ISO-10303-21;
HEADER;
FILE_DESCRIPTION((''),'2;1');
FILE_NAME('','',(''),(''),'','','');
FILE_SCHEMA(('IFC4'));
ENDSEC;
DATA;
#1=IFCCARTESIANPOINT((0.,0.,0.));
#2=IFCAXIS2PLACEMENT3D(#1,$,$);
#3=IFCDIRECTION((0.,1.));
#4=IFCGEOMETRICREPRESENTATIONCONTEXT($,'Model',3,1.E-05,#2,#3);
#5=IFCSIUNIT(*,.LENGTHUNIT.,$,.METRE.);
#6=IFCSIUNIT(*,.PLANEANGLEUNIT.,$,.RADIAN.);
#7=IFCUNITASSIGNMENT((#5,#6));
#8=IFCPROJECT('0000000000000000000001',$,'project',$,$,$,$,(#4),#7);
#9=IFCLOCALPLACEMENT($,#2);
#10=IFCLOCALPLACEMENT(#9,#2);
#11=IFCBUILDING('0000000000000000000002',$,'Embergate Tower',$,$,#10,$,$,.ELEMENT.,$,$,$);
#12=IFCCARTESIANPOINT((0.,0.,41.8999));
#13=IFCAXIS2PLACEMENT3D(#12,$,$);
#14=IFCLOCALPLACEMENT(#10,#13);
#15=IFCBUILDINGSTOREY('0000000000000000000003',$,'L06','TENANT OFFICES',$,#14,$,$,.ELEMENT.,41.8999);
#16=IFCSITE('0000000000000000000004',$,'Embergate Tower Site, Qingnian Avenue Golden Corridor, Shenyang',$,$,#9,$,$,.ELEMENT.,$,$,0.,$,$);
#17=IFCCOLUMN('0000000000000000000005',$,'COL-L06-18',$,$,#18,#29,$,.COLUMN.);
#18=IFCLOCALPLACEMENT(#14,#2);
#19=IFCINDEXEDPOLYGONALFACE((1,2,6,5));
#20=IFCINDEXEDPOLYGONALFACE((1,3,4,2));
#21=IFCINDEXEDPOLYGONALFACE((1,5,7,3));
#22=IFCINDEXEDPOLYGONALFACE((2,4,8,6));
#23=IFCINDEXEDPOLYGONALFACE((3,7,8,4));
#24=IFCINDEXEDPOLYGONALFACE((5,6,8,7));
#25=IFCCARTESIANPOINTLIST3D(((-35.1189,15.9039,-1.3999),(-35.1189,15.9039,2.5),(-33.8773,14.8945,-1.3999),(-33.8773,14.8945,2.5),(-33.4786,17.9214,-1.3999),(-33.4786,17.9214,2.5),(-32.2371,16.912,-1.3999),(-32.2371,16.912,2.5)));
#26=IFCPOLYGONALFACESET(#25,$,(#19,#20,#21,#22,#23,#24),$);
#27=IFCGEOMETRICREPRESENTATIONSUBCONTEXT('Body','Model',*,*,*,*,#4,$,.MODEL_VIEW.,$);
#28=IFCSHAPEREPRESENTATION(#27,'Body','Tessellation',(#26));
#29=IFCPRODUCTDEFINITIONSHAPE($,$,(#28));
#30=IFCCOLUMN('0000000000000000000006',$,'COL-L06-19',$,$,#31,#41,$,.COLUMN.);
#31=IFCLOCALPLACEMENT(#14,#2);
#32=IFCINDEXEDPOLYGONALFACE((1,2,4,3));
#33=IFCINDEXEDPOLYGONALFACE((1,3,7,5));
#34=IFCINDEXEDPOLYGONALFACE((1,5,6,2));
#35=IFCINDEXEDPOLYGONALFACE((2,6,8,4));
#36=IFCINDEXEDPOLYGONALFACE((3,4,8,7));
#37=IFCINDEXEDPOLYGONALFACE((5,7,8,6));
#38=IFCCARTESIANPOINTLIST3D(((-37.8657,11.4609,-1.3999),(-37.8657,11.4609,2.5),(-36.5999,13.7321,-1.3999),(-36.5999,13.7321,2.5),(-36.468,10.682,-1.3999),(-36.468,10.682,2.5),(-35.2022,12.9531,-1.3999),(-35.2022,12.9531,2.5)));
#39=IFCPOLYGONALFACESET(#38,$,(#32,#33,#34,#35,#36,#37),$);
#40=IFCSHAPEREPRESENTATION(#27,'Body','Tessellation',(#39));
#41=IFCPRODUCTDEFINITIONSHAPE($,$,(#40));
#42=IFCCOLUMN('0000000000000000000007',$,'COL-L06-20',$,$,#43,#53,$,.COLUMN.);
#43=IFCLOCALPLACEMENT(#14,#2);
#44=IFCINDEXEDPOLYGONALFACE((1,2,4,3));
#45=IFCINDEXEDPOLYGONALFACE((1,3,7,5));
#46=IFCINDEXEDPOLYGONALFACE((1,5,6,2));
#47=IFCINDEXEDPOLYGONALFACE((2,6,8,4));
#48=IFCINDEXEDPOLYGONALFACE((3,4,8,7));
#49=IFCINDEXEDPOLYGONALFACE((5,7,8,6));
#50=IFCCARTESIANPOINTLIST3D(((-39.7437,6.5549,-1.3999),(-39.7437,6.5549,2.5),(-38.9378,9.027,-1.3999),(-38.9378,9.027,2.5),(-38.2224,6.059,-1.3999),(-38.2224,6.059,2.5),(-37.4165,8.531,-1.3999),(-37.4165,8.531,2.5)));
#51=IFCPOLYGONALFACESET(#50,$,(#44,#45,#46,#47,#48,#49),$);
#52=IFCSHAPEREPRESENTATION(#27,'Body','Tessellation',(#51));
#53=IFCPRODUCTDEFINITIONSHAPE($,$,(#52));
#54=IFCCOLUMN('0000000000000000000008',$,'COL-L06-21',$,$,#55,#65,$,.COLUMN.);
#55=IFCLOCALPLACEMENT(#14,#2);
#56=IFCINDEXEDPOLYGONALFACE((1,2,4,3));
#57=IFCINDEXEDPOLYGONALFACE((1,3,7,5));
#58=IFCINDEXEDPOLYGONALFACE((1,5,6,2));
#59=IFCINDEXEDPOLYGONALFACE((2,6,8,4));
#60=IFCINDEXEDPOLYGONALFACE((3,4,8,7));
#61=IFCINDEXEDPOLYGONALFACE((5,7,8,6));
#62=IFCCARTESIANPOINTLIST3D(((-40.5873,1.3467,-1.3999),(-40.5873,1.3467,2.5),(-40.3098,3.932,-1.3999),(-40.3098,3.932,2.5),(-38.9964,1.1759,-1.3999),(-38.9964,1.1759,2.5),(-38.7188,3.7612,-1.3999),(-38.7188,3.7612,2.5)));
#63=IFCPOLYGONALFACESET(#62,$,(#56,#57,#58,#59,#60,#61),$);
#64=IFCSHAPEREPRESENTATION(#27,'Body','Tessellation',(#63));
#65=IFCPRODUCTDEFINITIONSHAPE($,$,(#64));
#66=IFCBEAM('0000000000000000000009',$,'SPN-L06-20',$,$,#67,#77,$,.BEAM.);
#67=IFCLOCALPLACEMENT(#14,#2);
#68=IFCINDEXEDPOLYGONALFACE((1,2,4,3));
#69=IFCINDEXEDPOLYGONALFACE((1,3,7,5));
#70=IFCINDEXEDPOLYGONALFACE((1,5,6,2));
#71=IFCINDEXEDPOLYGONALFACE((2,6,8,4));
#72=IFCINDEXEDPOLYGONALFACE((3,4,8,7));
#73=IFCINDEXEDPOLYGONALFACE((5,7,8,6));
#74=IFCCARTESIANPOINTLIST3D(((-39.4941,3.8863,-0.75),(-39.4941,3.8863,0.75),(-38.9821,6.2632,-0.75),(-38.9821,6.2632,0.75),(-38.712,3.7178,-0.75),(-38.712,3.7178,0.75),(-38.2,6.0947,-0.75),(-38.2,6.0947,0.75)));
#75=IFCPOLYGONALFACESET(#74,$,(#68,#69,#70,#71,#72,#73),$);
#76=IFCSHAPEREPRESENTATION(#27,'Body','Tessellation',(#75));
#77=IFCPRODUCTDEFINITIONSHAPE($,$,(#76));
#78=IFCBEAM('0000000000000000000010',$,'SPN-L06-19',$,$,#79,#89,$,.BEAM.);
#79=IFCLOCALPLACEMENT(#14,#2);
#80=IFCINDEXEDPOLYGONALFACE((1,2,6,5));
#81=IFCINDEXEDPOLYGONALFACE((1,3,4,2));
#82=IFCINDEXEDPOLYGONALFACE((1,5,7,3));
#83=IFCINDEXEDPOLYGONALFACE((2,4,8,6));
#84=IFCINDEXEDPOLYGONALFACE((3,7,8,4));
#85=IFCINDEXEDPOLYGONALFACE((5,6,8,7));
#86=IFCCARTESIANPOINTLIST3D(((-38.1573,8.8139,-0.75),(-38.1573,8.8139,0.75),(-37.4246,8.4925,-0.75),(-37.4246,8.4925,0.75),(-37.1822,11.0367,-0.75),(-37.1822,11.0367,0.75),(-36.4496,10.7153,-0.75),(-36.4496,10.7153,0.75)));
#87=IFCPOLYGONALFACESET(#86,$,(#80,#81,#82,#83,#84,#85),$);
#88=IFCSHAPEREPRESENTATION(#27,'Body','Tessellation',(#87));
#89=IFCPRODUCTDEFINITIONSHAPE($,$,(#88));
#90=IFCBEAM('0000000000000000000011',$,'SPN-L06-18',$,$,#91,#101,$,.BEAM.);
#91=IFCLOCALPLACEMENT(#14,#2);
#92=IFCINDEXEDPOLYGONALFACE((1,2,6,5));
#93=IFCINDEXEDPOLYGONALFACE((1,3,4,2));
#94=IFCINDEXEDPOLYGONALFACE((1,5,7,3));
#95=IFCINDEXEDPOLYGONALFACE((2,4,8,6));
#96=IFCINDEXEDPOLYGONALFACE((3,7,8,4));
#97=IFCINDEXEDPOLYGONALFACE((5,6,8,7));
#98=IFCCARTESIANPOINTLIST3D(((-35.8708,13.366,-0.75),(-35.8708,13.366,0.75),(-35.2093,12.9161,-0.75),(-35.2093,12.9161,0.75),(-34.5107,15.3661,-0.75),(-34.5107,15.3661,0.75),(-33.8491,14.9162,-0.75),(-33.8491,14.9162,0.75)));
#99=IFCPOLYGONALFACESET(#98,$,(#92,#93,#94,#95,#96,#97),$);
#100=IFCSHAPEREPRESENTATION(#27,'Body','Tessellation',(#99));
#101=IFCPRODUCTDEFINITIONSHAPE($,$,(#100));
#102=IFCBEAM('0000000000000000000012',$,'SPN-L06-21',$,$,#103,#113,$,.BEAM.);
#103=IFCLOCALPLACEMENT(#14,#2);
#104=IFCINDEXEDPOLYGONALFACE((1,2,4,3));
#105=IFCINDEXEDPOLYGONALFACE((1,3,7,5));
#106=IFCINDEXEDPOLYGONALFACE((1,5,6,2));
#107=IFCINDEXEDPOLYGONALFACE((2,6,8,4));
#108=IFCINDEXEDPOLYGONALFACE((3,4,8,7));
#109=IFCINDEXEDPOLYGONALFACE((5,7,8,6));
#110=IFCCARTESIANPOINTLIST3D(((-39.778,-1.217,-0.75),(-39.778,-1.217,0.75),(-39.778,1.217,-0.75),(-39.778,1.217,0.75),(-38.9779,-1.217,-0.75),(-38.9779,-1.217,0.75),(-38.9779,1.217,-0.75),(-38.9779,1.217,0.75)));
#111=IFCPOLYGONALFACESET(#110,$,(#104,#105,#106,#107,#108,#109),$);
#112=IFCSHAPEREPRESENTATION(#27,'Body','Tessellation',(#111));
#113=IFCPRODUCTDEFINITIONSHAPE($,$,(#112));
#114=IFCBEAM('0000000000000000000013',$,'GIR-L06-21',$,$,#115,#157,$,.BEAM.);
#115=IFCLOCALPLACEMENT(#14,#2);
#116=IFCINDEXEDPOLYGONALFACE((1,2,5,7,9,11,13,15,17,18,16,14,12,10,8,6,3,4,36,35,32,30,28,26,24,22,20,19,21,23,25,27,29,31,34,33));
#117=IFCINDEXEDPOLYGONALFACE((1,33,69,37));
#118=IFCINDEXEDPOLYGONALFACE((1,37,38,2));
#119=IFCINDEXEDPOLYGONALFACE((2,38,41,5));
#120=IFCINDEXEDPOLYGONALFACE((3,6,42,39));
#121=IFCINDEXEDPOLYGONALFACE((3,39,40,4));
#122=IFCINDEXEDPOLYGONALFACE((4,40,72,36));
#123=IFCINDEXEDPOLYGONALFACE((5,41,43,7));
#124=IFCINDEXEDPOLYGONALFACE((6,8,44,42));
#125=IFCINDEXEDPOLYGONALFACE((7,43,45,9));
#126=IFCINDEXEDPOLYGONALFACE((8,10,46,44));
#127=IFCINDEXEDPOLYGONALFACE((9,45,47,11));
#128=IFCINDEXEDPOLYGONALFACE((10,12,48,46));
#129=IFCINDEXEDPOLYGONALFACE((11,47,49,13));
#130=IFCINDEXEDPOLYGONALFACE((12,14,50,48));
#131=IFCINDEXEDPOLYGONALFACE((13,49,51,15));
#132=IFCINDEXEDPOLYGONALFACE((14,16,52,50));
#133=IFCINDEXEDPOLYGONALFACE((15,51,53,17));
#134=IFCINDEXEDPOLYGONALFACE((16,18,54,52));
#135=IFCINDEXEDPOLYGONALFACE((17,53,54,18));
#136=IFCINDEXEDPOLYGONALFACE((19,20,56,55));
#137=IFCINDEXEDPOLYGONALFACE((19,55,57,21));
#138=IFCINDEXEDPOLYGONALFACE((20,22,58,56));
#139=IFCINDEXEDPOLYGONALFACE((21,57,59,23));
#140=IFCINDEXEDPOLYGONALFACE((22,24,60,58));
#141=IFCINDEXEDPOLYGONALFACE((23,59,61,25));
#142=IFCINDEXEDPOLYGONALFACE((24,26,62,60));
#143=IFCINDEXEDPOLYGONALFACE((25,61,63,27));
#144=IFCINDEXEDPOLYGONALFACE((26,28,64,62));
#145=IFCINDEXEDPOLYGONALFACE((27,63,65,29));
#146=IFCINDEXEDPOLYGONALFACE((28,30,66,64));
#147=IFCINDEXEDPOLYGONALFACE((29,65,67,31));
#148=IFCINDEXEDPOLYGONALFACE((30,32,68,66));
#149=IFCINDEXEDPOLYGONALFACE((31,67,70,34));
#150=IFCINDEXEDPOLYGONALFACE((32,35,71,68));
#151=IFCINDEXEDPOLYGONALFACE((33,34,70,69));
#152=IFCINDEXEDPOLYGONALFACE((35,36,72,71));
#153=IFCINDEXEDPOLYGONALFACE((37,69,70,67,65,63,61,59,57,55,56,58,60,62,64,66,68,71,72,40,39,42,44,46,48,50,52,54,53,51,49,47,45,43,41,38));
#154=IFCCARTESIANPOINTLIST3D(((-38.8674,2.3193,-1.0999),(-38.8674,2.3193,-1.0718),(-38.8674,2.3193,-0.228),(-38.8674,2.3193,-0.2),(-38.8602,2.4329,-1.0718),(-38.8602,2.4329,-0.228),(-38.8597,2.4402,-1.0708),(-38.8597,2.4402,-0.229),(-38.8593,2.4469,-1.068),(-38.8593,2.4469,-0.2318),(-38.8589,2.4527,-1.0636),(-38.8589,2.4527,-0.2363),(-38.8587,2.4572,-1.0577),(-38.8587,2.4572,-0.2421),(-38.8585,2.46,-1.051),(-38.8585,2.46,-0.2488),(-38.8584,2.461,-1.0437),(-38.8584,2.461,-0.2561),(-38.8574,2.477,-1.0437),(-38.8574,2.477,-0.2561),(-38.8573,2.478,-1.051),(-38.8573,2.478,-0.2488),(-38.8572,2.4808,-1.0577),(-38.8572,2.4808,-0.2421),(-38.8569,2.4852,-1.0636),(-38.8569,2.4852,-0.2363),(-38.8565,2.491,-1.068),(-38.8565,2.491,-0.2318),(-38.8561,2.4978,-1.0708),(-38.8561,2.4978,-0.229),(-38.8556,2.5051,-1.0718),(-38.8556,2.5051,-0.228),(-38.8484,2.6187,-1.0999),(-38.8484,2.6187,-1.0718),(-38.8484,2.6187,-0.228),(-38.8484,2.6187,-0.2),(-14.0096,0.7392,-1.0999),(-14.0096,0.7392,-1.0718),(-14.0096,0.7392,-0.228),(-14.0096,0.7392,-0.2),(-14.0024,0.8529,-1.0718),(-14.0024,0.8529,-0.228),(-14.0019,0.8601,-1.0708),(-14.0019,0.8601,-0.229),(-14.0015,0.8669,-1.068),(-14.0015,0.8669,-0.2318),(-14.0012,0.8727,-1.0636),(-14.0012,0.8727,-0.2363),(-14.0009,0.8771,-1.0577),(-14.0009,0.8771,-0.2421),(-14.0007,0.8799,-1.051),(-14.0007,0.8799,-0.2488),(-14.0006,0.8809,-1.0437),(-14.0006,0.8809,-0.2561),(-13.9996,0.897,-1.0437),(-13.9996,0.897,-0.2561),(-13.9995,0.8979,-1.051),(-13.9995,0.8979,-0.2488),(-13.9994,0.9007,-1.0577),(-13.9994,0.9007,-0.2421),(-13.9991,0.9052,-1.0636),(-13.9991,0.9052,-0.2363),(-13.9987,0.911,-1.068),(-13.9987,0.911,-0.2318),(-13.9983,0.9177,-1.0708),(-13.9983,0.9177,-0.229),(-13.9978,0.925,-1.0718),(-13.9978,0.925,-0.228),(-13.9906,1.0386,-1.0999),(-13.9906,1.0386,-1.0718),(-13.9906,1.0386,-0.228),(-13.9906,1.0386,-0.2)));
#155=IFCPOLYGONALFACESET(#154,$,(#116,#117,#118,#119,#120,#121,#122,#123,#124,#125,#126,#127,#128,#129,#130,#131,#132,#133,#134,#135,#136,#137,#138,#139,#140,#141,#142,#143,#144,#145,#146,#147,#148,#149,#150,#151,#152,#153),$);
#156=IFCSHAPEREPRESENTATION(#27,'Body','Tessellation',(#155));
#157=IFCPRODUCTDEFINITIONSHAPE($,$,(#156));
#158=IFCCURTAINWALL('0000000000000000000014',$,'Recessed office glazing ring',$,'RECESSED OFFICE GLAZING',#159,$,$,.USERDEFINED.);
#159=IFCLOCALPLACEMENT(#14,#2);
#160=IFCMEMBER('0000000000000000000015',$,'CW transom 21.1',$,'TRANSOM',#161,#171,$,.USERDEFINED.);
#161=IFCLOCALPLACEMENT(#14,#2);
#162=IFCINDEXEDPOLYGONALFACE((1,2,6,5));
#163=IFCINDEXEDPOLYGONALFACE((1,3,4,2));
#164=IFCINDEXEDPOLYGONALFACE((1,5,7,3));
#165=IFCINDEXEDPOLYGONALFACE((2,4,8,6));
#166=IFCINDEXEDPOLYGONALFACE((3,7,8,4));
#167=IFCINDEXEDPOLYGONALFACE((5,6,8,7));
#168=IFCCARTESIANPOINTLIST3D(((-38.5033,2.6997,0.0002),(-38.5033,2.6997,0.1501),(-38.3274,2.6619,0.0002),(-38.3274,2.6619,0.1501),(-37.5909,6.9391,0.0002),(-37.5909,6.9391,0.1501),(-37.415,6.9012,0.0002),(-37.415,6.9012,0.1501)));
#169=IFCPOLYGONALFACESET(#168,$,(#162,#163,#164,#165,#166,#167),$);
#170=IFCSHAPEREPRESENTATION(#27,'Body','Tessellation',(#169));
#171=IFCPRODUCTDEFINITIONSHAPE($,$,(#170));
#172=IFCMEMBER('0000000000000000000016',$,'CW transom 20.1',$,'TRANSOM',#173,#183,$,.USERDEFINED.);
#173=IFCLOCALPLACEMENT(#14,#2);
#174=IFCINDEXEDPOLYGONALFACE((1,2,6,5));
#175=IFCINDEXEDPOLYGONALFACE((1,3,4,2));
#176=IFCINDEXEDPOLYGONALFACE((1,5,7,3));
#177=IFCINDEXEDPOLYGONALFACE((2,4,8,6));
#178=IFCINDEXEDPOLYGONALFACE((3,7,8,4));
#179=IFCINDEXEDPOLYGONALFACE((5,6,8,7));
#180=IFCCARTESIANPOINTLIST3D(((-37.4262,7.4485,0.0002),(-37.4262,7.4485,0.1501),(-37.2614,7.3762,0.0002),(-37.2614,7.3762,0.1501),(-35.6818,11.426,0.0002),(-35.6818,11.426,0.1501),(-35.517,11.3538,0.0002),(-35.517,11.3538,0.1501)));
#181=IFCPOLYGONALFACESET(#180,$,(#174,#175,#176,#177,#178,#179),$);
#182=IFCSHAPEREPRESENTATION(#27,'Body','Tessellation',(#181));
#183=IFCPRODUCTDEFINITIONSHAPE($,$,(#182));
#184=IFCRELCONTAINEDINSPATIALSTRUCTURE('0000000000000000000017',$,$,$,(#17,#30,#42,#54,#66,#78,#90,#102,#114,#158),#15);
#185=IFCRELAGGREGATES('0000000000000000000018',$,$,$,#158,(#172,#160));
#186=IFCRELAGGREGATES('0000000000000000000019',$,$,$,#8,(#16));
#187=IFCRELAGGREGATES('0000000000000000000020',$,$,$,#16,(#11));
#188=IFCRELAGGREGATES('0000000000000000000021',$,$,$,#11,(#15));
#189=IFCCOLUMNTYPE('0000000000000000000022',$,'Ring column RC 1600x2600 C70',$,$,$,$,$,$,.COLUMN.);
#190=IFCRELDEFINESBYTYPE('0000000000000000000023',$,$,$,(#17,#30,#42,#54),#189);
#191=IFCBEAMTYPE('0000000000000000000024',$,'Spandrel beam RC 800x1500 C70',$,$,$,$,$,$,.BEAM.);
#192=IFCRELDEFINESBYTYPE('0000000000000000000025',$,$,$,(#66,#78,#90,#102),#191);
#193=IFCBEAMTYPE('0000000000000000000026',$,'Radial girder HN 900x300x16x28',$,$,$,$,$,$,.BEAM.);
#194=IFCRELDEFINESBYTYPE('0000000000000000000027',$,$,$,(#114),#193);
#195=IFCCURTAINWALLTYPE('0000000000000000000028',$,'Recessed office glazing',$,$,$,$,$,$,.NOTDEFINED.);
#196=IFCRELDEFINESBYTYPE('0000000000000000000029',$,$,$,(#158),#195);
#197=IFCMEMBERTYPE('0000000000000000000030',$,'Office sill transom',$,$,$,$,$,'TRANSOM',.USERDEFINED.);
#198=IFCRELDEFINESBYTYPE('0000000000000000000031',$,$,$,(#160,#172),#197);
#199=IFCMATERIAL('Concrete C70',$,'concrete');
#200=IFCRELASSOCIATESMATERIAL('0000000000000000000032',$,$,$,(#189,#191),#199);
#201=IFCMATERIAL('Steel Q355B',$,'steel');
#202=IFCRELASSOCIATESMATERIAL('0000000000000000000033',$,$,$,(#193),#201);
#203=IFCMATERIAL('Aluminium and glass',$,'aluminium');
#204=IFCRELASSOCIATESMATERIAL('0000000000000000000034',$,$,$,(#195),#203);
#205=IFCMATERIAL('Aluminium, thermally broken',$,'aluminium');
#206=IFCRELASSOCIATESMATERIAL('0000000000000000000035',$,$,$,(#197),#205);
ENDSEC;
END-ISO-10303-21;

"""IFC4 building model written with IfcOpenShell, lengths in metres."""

from ifc_helpers import new_model, si_unit, direction, frame, origin, origin_2d, place, context, subcontext, project, spatial, rectangle, i_section, extrude, source, transform, mapped, material, material_profile, profile_set, type_object, element, aggregate, save


model = new_model("IFC4")

# Units and contexts
model_context = context("Model", 3, precision=1e-05, world=origin(), true_north=direction((0.0, 1.0)))
body_context = subcontext(model_context, "Body", "Model", "MODEL_VIEW")
ifc_project = project(units=[si_unit("LENGTHUNIT", "METRE"), si_unit("PLANEANGLEUNIT", "RADIAN")], contexts=[model_context])

# Site, building, storey
site_placement = place(None, origin())
site = spatial("IfcSite", under=ifc_project, at=site_placement, Name="Embergate Tower Site, Qingnian Avenue Golden Corridor, Shenyang", CompositionType="ELEMENT", RefElevation=0.0)
building_placement = place(site_placement, origin())
building = spatial("IfcBuilding", under=site, at=building_placement, Name="Embergate Tower", CompositionType="ELEMENT")
storey_placement = place(building_placement, frame((0.0, 0.0, 41.8999)))
storey = spatial("IfcBuildingStorey", under=building, at=storey_placement, Name="L06", Description="TENANT OFFICES", CompositionType="ELEMENT", Elevation=41.8999)

# Columns
ifc_material_1 = material(Name="Concrete C70", Category="concrete")
ifc_material_profile_1 = material_profile(ifc_material_1, rectangle(XDim=1.6001, YDim=2.6001, at=origin_2d()), Name="RC 1600x2600")
ifc_profile_set_1 = profile_set([ifc_material_profile_1], Name="Concrete C70")
column_type = type_object("IfcColumnType", Name="Ring column RC 1600x2600 C70", PredefinedType="COLUMN", material=ifc_profile_set_1)
shared_shape_1 = source(origin(), body_context, "Body", "SweptSolid", [
    extrude(rectangle(XDim=1.6001, YDim=2.6001, at=origin_2d()), origin(), (0.0, 0.0, 1.0), 3.8999),
])
for number, where, z_axis, x_axis, name in (
    (1, (-33.678, 16.408, -1.3999), (0.0, 0.0, 1.0), (-0.775914, 0.630838, 0.0), "COL-L06-18"),
    (2, (-36.5339, 12.207, -1.3999), (0.0, 0.0, 1.0), (-0.873492, 0.486839, 0.0), "COL-L06-19"),
    (3, (-38.5801, 7.543, -1.3999), (0.0, 0.0, 1.0), (-0.950754, 0.309946, 0.0), "COL-L06-20"),
    (4, (-39.6531, 2.554, -1.3999), (0.0, 0.0, 1.0), (-0.994286, 0.10675, 0.0), "COL-L06-21"),
):
    element("IfcColumn", number, at=place(storey_placement, frame(where, z_axis=z_axis, x_axis=x_axis)), inside=storey, type_object=column_type, Name=name, PredefinedType="COLUMN", context=body_context, shape_type="MappedRepresentation", body=[
        mapped(shared_shape_1, transform((0.0, 0.0, 0.0))),
    ])

# Beams
ifc_material_profile_2 = material_profile(ifc_material_1, rectangle(XDim=0.8, YDim=1.5, at=origin_2d()), Name="RC 800x1500")
ifc_profile_set_2 = profile_set([ifc_material_profile_2], Name="Concrete C70")
beam_type_1 = type_object("IfcBeamType", Name="Spandrel beam RC 800x1500 C70", PredefinedType="BEAM", material=ifc_profile_set_2)
shared_shape_2 = source(origin(), body_context, "Body", "SweptSolid", [
    extrude(rectangle(XDim=0.8, YDim=1.5, at=origin_2d()), origin(), (0.0, 0.0, 1.0), 2.4314),
])
beam_1_placement = place(storey_placement, frame((-38.5911, 6.179, 0.0), z_axis=(-0.210558, -0.977581, 0.0), x_axis=(0.977581, -0.210558, 0.0)))
element("IfcBeam", 5, at=beam_1_placement, inside=storey, type_object=beam_type_1, Name="SPN-L06-20", PredefinedType="BEAM", context=body_context, shape_type="MappedRepresentation", body=[
    mapped(shared_shape_2, transform((0.0, 0.0, 0.0))),
])
shared_shape_3 = source(origin(), body_context, "Body", "SweptSolid", [
    extrude(rectangle(XDim=0.8, YDim=1.5, at=origin_2d()), origin(), (0.0, 0.0, 1.0), 2.4272),
])
beam_2_placement = place(storey_placement, frame((-36.8159, 10.876, 0.0), z_axis=(-0.40171, -0.915767, 0.0), x_axis=(0.915767, -0.40171, 0.0)))
element("IfcBeam", 6, at=beam_2_placement, inside=storey, type_object=beam_type_1, Name="SPN-L06-19", PredefinedType="BEAM", context=body_context, shape_type="MappedRepresentation", body=[
    mapped(shared_shape_3, transform((0.0, 0.0, 0.0))),
])
shared_shape_4 = source(origin(), body_context, "Body", "SweptSolid", [
    extrude(rectangle(XDim=0.8, YDim=1.5, at=origin_2d()), origin(), (0.0, 0.0, 1.0), 2.4187),
])
beam_3_placement = place(storey_placement, frame((-34.1799, 15.1411, 0.0), z_axis=(-0.56234, -0.826906, 0.0), x_axis=(0.826906, -0.56234, 0.0)))
element("IfcBeam", 7, at=beam_3_placement, inside=storey, type_object=beam_type_1, Name="SPN-L06-18", PredefinedType="BEAM", context=body_context, shape_type="MappedRepresentation", body=[
    mapped(shared_shape_4, transform((0.0, 0.0, 0.0))),
])
shared_shape_5 = source(origin(), body_context, "Body", "SweptSolid", [
    extrude(rectangle(XDim=0.8, YDim=1.5, at=origin_2d()), origin(), (0.0, 0.0, 1.0), 2.4341),
])
beam_4_placement = place(storey_placement, frame((-39.3779, 1.217, 0.0), z_axis=(0.0, -1.0, 0.0), x_axis=(1.0, 0.0, 0.0)))
element("IfcBeam", 8, at=beam_4_placement, inside=storey, type_object=beam_type_1, Name="SPN-L06-21", PredefinedType="BEAM", context=body_context, shape_type="MappedRepresentation", body=[
    mapped(shared_shape_5, transform((0.0, 0.0, 0.0))),
])
ifc_material_2 = material(Name="Steel Q355B", Category="steel")
ifc_material_profile_3 = material_profile(ifc_material_2, i_section(OverallWidth=0.3, OverallDepth=0.8999, WebThickness=0.0161, FlangeThickness=0.0281, FilletRadius=0.0281, at=origin_2d()), Name="HN 900x300x16x28")
ifc_profile_set_3 = profile_set([ifc_material_profile_3], Name="Steel Q355 grade B")
beam_type_2 = type_object("IfcBeamType", Name="Radial girder HN 900x300x16x28", PredefinedType="BEAM", material=ifc_profile_set_3)
shared_shape_6 = source(origin(), body_context, "Body", "SweptSolid", [
    extrude(i_section(OverallWidth=0.3, OverallDepth=0.8999, WebThickness=0.0161, FlangeThickness=0.0281, FilletRadius=0.0281, at=origin_2d()), origin(), (0.0, 0.0, 1.0), 24.908),
])
beam_5_placement = place(storey_placement, frame((-38.8579, 2.469, -0.6499), z_axis=(0.997986, -0.063436, 0.0), x_axis=(0.063436, 0.997986, 0.0)))
element("IfcBeam", 9, at=beam_5_placement, inside=storey, type_object=beam_type_2, Name="GIR-L06-21", PredefinedType="BEAM", context=body_context, shape_type="MappedRepresentation", body=[
    mapped(shared_shape_6, transform((0.0, 0.0, 0.0))),
])

# Curtain wall, members
ifc_material_3 = material(Name="Aluminium and glass", Category="aluminium")
curtain_wall_type = type_object("IfcCurtainWallType", Name="Recessed office glazing", PredefinedType="NOTDEFINED", material=ifc_material_3)
curtain_wall_placement = place(storey_placement, origin())
curtain_wall = element("IfcCurtainWall", 10, at=curtain_wall_placement, inside=storey, type_object=curtain_wall_type, Name="Recessed office glazing ring", ObjectType="RECESSED OFFICE GLAZING", PredefinedType="USERDEFINED")
ifc_material_4 = material(Name="Aluminium, thermally broken", Category="aluminium")
ifc_material_profile_4 = material_profile(ifc_material_4, rectangle(XDim=0.1799, YDim=0.1499, at=origin_2d()), Name="AL 150x180")
ifc_profile_set_4 = profile_set([ifc_material_profile_4], Name="Aluminium, thermally broken")
member_type_1 = type_object("IfcMemberType", Name="Office sill transom", ElementType="TRANSOM", PredefinedType="USERDEFINED", material=ifc_profile_set_4)
shared_shape_7 = source(origin(), body_context, "Body", "SweptSolid", [
    extrude(rectangle(XDim=0.1799, YDim=0.1499, at=origin_2d()), origin(), (0.0, 0.0, 1.0), 4.3364),
])
member_1_placement = place(storey_placement, frame((-37.5029, 6.9202, 0.0752), z_axis=(-0.210398, -0.977616, 0.0), x_axis=(0.977616, -0.210398, 0.0)))
member_1 = element("IfcMember", 11, at=member_1_placement, type_object=member_type_1, Name="CW transom 21.1", ObjectType="TRANSOM", PredefinedType="USERDEFINED", context=body_context, shape_type="MappedRepresentation", body=[
    mapped(shared_shape_7, transform((0.0, 0.0, 0.0))),
])
shared_shape_8 = source(origin(), body_context, "Body", "SweptSolid", [
    extrude(rectangle(XDim=0.1799, YDim=0.1499, at=origin_2d()), origin(), (0.0, 0.0, 1.0), 4.3433),
])
member_2_placement = place(storey_placement, frame((-35.5994, 11.3899, 0.0752), z_axis=(-0.401633, -0.915801, 0.0), x_axis=(0.915801, -0.401633, 0.0)))
member_2 = element("IfcMember", 12, at=member_2_placement, type_object=member_type_1, Name="CW transom 20.1", ObjectType="TRANSOM", PredefinedType="USERDEFINED", context=body_context, shape_type="MappedRepresentation", body=[
    mapped(shared_shape_8, transform((0.0, 0.0, 0.0))),
])
aggregate(curtain_wall, [member_2, member_1])

save(model, "model.ifc")
